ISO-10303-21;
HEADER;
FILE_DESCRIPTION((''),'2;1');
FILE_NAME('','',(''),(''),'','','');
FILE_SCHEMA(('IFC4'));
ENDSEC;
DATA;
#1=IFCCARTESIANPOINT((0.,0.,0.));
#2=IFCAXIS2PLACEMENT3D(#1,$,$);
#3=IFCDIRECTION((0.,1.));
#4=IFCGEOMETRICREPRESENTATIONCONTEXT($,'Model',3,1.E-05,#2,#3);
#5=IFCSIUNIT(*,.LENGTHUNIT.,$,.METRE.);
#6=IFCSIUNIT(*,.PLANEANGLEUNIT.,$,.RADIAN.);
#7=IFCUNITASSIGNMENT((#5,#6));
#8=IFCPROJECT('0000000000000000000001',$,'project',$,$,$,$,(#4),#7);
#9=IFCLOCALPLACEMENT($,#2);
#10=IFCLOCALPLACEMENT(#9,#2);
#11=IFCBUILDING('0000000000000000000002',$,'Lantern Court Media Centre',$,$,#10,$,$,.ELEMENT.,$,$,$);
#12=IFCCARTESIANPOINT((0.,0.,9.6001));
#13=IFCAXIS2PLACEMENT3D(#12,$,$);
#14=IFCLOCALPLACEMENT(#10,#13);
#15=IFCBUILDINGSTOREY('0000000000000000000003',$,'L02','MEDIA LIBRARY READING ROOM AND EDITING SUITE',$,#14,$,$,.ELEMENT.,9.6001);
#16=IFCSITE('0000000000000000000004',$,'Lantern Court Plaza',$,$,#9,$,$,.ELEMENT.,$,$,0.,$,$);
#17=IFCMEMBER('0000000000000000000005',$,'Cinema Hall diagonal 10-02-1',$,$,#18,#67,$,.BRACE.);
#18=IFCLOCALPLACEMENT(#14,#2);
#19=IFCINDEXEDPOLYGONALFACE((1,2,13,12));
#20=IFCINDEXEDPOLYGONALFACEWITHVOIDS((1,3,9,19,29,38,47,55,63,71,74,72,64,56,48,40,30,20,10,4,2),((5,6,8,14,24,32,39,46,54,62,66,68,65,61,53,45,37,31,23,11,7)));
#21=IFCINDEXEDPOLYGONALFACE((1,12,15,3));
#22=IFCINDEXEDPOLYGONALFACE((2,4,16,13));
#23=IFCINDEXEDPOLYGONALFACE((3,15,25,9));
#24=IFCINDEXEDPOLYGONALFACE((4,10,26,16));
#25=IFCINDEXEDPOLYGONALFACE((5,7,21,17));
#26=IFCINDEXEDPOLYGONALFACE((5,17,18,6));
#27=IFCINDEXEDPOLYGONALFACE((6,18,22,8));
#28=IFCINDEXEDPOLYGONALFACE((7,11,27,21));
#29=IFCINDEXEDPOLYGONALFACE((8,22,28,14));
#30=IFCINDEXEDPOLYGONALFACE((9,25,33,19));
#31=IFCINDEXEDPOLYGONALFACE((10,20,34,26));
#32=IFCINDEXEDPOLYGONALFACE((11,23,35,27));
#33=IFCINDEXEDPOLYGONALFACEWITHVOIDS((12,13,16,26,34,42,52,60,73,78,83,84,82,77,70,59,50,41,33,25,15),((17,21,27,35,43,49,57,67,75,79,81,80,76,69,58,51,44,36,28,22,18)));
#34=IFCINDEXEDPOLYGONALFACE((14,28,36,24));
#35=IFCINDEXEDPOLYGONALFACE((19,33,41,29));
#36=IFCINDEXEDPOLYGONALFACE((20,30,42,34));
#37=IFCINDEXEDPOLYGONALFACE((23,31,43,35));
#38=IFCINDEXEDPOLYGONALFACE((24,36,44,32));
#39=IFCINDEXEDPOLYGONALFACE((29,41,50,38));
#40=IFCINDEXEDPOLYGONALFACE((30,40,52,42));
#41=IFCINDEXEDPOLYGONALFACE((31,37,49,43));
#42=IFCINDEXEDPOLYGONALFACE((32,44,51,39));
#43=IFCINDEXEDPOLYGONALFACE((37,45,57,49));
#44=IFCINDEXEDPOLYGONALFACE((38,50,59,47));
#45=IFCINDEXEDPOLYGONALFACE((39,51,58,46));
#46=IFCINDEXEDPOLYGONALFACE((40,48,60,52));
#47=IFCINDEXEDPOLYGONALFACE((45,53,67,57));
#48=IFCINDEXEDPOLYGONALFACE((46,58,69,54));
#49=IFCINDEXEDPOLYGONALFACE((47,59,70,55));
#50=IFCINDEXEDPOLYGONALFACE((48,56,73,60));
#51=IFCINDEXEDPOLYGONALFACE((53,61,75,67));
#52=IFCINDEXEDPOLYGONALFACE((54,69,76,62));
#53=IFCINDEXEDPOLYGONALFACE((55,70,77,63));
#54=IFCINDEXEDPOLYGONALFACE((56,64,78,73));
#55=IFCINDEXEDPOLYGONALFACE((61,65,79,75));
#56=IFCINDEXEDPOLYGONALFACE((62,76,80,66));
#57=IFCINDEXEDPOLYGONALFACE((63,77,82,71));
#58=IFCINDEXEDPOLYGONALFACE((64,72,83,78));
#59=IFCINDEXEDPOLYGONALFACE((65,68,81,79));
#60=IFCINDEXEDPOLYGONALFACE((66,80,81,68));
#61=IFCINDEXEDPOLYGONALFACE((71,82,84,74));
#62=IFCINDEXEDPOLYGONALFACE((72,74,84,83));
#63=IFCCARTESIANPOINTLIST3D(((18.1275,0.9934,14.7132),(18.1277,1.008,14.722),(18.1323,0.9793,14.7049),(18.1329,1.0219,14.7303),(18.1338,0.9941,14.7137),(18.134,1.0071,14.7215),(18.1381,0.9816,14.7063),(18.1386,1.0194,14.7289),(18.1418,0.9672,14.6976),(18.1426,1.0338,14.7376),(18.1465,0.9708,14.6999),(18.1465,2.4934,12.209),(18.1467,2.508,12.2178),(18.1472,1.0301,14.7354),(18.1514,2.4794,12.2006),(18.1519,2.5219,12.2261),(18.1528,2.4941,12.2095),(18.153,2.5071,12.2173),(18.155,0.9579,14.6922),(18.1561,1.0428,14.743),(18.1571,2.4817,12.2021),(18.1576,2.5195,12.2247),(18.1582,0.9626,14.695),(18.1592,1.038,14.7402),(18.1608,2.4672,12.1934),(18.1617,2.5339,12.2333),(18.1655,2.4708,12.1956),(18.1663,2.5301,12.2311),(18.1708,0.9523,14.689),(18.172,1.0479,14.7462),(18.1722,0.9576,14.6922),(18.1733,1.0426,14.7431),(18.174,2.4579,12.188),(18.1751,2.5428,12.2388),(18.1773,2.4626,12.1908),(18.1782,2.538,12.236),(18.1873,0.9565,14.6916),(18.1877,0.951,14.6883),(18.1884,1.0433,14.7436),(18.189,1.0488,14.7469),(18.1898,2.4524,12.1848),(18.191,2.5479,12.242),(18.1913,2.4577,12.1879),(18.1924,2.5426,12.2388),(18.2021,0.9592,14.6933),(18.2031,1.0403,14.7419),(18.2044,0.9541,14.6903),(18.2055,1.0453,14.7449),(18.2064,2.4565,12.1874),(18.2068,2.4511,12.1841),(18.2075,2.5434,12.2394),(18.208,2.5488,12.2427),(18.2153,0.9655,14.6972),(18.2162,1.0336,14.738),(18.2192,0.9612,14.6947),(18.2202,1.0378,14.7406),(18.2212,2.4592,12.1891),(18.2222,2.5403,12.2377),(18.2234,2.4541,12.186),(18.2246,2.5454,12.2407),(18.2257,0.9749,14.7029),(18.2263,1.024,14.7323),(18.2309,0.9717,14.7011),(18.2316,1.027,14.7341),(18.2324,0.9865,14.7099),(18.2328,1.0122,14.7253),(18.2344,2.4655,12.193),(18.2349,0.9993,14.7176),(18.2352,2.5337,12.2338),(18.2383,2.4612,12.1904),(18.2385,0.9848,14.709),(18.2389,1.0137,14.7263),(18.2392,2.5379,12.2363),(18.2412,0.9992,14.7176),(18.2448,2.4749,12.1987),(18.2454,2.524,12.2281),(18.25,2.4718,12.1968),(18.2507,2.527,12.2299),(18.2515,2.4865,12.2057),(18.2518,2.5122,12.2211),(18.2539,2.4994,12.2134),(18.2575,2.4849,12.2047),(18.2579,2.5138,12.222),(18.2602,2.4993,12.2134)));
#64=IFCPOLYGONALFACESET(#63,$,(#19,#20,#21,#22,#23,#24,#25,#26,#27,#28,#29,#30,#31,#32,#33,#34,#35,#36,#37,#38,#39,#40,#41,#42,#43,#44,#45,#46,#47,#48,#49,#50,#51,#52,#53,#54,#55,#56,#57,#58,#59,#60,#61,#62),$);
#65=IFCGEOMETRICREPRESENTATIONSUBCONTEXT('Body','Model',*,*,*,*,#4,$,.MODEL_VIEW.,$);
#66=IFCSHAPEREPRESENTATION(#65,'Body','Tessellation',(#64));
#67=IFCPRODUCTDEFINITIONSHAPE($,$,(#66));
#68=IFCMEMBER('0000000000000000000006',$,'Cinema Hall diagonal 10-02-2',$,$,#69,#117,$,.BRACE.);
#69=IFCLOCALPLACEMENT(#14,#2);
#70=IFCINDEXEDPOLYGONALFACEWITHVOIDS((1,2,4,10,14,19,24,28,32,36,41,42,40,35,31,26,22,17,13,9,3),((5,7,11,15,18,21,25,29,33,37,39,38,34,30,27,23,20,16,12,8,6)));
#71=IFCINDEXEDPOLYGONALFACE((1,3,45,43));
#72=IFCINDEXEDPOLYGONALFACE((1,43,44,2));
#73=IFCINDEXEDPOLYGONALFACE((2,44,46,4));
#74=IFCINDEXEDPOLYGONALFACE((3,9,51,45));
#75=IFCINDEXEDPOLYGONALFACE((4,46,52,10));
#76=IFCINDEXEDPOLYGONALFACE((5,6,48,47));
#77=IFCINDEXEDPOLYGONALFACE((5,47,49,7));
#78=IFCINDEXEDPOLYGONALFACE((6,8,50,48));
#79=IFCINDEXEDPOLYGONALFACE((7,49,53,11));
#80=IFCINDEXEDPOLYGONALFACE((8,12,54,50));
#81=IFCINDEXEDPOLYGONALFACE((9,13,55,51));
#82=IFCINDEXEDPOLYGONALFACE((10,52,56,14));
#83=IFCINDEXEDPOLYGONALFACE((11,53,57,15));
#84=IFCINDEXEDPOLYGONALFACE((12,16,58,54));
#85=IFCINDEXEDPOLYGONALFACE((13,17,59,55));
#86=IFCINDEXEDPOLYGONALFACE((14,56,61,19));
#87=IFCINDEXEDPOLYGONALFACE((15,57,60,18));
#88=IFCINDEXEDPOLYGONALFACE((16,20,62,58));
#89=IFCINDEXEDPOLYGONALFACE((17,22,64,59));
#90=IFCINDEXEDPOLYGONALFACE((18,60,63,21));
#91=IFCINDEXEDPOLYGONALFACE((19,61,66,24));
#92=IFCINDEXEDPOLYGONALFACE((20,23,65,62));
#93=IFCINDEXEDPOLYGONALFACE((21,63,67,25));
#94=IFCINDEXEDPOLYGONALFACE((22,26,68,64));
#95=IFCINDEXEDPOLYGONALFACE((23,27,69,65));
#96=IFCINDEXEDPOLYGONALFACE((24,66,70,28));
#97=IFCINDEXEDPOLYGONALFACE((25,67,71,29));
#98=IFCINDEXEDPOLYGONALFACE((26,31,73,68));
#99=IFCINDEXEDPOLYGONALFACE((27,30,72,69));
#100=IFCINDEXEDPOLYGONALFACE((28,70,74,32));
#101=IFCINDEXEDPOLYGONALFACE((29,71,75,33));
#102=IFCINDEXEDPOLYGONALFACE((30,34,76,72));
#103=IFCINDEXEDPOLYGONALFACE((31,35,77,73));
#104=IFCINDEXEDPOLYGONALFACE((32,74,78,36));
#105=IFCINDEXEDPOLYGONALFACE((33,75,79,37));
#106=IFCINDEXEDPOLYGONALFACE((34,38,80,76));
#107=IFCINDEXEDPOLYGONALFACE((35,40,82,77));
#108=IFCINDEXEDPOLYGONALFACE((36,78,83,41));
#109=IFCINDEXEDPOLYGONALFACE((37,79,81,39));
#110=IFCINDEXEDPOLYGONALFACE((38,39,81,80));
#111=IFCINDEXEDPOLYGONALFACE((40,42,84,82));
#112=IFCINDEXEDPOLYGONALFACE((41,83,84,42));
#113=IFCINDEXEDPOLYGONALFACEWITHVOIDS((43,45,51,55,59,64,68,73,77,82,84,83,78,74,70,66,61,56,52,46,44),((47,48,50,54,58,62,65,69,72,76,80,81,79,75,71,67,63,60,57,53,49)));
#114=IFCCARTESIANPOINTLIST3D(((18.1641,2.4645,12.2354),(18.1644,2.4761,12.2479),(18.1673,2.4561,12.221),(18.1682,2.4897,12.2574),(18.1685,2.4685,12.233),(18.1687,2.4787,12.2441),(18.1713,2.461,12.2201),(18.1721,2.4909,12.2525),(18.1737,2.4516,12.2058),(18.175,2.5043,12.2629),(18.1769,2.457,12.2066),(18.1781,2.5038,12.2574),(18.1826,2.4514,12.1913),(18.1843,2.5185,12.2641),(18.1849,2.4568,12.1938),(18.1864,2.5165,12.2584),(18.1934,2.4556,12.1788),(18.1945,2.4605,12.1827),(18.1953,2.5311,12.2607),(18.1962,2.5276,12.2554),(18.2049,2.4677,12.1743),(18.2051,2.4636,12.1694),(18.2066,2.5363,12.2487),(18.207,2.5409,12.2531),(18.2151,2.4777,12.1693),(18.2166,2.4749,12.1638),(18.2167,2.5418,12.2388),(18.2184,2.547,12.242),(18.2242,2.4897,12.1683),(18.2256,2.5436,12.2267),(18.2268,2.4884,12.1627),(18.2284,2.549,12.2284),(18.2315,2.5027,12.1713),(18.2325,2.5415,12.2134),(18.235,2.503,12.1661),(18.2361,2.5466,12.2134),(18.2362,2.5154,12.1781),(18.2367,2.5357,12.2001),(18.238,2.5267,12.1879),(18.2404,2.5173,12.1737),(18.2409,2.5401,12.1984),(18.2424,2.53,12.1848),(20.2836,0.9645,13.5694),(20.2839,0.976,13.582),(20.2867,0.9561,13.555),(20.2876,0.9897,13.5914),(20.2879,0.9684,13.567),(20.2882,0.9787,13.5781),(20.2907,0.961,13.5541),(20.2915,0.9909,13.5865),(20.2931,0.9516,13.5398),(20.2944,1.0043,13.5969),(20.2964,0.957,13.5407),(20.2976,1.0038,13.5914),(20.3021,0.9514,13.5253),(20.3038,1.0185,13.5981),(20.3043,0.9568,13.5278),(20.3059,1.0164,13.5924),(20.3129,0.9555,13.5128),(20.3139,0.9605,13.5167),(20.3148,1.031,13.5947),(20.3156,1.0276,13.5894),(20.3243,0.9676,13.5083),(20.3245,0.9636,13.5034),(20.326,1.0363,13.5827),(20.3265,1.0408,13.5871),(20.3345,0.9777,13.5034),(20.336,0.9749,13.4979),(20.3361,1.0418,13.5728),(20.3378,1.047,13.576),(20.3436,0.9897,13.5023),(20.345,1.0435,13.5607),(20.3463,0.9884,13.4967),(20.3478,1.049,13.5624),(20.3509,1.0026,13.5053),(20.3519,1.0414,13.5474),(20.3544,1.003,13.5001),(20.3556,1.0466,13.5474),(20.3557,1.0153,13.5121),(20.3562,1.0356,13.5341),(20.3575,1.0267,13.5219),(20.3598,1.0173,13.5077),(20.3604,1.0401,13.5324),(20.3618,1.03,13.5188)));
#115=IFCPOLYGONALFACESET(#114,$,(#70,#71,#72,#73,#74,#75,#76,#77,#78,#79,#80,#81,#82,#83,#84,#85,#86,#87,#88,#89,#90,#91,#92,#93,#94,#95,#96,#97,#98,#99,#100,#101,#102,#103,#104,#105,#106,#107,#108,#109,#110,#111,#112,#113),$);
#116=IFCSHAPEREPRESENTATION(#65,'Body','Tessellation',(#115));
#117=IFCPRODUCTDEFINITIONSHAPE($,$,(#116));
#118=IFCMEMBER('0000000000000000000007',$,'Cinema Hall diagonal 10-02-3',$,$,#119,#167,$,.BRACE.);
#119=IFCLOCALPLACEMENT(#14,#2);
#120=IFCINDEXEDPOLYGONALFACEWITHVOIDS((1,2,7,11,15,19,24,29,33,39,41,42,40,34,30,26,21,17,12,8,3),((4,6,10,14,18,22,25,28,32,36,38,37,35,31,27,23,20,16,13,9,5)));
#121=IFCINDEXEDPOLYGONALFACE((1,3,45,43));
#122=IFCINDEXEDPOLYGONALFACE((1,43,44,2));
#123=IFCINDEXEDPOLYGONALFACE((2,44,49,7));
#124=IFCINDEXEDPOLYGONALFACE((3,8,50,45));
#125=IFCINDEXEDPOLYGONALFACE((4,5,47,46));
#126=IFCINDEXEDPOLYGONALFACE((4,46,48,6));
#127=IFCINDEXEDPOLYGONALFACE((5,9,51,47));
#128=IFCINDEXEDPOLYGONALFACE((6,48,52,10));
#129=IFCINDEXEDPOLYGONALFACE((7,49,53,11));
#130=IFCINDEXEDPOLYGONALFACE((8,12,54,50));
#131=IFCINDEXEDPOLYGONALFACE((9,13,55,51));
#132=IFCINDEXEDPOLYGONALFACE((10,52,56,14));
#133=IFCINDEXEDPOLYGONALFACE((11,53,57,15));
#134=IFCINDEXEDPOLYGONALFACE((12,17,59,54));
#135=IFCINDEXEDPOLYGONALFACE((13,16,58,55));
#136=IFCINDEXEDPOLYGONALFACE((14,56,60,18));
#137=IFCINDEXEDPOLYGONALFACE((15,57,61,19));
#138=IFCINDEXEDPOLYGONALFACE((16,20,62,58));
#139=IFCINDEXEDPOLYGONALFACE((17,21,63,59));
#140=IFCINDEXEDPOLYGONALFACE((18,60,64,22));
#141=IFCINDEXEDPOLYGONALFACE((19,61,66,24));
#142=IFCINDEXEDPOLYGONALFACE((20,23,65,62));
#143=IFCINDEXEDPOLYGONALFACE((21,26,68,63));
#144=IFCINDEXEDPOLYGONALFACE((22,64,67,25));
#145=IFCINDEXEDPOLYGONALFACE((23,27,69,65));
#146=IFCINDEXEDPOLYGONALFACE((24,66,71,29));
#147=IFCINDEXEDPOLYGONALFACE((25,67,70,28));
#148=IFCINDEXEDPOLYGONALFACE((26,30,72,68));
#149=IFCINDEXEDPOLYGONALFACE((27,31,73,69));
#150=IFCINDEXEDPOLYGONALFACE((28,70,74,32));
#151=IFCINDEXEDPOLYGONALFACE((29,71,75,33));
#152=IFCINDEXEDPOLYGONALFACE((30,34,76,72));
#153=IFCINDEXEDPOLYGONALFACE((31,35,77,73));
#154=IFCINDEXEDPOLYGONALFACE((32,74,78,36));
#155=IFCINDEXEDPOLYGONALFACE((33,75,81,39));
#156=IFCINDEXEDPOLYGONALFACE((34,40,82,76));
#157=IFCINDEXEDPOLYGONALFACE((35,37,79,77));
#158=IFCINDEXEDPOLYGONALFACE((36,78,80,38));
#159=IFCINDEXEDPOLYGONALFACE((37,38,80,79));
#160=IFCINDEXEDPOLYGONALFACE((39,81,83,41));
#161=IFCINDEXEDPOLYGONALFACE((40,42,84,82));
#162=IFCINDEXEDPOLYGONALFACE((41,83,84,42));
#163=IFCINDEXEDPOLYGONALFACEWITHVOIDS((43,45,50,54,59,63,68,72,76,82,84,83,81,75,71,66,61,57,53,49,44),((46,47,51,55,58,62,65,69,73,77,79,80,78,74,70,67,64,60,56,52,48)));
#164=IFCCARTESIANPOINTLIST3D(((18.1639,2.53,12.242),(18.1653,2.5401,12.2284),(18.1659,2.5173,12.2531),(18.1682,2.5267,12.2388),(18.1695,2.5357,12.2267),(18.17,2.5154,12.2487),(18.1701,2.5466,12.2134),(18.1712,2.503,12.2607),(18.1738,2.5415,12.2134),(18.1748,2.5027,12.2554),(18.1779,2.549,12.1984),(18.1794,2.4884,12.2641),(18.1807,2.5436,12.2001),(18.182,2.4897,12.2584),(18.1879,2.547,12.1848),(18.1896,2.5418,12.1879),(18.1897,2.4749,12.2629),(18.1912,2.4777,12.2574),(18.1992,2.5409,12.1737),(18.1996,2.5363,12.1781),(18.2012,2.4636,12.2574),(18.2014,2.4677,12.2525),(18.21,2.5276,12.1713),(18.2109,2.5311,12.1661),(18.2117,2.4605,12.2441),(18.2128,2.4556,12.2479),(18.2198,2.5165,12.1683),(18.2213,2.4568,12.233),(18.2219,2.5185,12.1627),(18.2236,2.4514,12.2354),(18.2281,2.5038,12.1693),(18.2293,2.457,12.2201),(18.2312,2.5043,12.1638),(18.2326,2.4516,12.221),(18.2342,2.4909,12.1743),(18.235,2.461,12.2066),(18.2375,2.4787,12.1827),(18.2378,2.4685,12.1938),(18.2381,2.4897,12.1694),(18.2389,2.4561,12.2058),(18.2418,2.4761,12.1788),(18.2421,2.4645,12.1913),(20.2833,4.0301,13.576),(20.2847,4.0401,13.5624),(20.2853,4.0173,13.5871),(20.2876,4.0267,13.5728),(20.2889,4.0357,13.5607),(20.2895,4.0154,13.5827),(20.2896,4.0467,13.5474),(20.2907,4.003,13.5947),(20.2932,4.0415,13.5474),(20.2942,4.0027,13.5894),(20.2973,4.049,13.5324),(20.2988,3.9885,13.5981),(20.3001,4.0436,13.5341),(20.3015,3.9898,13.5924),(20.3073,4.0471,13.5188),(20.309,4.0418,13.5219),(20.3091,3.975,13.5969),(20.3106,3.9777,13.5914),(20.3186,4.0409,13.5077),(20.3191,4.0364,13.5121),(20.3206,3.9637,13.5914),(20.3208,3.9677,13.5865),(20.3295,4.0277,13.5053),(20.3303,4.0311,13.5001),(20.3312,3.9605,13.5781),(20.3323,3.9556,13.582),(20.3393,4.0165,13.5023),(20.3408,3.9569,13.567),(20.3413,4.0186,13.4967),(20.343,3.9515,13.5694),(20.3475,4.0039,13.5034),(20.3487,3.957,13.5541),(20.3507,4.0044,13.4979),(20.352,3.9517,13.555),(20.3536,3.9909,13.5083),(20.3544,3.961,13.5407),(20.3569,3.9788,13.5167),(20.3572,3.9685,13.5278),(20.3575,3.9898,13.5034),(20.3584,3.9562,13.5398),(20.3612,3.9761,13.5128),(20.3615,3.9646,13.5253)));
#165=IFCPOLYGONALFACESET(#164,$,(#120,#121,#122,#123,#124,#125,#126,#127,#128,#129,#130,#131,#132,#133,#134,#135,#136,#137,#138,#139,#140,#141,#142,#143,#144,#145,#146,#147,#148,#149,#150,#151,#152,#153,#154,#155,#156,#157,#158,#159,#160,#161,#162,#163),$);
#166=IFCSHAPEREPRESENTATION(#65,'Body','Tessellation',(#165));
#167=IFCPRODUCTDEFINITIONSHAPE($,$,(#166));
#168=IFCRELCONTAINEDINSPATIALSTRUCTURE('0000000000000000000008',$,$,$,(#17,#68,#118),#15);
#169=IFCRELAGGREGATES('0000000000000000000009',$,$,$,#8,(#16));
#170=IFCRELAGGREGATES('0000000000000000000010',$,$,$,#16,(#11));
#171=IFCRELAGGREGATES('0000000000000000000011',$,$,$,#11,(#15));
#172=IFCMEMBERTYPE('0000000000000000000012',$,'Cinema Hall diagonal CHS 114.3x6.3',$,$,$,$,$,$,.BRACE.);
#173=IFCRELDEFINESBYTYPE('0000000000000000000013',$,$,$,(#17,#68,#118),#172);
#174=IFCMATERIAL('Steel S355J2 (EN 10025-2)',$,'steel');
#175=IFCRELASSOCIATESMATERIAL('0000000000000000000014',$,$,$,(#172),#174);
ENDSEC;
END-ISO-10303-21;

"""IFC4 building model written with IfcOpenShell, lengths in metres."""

from ifc_helpers import new_model, si_unit, direction, frame, origin, origin_2d, place, context, subcontext, project, spatial, hollow_circle, extrude, material, material_profile, profile_set, type_object, element, save


model = new_model("IFC4")

# Units and contexts
model_context = context("Model", 3, precision=1e-05, world=origin(), true_north=direction((0.0, 1.0)))
body_context = subcontext(model_context, "Body", "Model", "MODEL_VIEW")
ifc_project = project(units=[si_unit("LENGTHUNIT", "METRE"), si_unit("PLANEANGLEUNIT", "RADIAN")], contexts=[model_context])

# Site, building, storey
site_placement = place(None, origin())
site = spatial("IfcSite", under=ifc_project, at=site_placement, Name="Lantern Court Plaza", CompositionType="ELEMENT", RefElevation=0.0)
building_placement = place(site_placement, origin())
building = spatial("IfcBuilding", under=site, at=building_placement, Name="Lantern Court Media Centre", CompositionType="ELEMENT")
storey_placement = place(building_placement, frame((0.0, 0.0, 9.6001)))
storey = spatial("IfcBuildingStorey", under=building, at=storey_placement, Name="L02", Description="MEDIA LIBRARY READING ROOM AND EDITING SUITE", CompositionType="ELEMENT", Elevation=9.6001)

# Members
ifc_material = material(Name="Steel S355J2 (EN 10025-2)", Category="steel")
ifc_material_profile_1 = material_profile(ifc_material, hollow_circle(Radius=0.0571, WallThickness=0.0063, at=origin_2d()), Name="Cinema Hall diagonal CHS 114.3x6.3")
ifc_profile_set_1 = profile_set([ifc_material_profile_1], Name="Steel S355J2 (EN 10025-2)")
member_type_1 = type_object("IfcMemberType", Name="Cinema Hall diagonal CHS 114.3x6.3", PredefinedType="BRACE", material=ifc_profile_set_1)
for number, where, z_axis, x_axis, name in (
    (1, (18.2031, 2.5, 12.2134), (-0.006524, -0.513857, 0.857851), (0.999919, -0.012694, 0.0), "Cinema Hall diagonal 10-02-1"),
    (2, (18.2031, 2.5, 12.2134), (0.726034, -0.513852, 0.45698), (0.577702, 0.816248, 0.0), "Cinema Hall diagonal 10-02-2"),
    (3, (18.2031, 2.5, 12.2134), (0.726034, 0.513852, 0.45698), (-0.577702, 0.816248, 0.0), "Cinema Hall diagonal 10-02-3"),
):
    element("IfcMember", number, at=place(storey_placement, frame(where, z_axis=z_axis, x_axis=x_axis)), inside=storey, type_object=member_type_1, Name=name, PredefinedType="BRACE", context=body_context, shape_type="SweptSolid", body=[
        extrude(hollow_circle(Radius=0.0571, WallThickness=0.0063, at=origin_2d()), origin(), (0.0, 0.0, 1.0), 2.9192),
    ])

save(model, "model.ifc")
